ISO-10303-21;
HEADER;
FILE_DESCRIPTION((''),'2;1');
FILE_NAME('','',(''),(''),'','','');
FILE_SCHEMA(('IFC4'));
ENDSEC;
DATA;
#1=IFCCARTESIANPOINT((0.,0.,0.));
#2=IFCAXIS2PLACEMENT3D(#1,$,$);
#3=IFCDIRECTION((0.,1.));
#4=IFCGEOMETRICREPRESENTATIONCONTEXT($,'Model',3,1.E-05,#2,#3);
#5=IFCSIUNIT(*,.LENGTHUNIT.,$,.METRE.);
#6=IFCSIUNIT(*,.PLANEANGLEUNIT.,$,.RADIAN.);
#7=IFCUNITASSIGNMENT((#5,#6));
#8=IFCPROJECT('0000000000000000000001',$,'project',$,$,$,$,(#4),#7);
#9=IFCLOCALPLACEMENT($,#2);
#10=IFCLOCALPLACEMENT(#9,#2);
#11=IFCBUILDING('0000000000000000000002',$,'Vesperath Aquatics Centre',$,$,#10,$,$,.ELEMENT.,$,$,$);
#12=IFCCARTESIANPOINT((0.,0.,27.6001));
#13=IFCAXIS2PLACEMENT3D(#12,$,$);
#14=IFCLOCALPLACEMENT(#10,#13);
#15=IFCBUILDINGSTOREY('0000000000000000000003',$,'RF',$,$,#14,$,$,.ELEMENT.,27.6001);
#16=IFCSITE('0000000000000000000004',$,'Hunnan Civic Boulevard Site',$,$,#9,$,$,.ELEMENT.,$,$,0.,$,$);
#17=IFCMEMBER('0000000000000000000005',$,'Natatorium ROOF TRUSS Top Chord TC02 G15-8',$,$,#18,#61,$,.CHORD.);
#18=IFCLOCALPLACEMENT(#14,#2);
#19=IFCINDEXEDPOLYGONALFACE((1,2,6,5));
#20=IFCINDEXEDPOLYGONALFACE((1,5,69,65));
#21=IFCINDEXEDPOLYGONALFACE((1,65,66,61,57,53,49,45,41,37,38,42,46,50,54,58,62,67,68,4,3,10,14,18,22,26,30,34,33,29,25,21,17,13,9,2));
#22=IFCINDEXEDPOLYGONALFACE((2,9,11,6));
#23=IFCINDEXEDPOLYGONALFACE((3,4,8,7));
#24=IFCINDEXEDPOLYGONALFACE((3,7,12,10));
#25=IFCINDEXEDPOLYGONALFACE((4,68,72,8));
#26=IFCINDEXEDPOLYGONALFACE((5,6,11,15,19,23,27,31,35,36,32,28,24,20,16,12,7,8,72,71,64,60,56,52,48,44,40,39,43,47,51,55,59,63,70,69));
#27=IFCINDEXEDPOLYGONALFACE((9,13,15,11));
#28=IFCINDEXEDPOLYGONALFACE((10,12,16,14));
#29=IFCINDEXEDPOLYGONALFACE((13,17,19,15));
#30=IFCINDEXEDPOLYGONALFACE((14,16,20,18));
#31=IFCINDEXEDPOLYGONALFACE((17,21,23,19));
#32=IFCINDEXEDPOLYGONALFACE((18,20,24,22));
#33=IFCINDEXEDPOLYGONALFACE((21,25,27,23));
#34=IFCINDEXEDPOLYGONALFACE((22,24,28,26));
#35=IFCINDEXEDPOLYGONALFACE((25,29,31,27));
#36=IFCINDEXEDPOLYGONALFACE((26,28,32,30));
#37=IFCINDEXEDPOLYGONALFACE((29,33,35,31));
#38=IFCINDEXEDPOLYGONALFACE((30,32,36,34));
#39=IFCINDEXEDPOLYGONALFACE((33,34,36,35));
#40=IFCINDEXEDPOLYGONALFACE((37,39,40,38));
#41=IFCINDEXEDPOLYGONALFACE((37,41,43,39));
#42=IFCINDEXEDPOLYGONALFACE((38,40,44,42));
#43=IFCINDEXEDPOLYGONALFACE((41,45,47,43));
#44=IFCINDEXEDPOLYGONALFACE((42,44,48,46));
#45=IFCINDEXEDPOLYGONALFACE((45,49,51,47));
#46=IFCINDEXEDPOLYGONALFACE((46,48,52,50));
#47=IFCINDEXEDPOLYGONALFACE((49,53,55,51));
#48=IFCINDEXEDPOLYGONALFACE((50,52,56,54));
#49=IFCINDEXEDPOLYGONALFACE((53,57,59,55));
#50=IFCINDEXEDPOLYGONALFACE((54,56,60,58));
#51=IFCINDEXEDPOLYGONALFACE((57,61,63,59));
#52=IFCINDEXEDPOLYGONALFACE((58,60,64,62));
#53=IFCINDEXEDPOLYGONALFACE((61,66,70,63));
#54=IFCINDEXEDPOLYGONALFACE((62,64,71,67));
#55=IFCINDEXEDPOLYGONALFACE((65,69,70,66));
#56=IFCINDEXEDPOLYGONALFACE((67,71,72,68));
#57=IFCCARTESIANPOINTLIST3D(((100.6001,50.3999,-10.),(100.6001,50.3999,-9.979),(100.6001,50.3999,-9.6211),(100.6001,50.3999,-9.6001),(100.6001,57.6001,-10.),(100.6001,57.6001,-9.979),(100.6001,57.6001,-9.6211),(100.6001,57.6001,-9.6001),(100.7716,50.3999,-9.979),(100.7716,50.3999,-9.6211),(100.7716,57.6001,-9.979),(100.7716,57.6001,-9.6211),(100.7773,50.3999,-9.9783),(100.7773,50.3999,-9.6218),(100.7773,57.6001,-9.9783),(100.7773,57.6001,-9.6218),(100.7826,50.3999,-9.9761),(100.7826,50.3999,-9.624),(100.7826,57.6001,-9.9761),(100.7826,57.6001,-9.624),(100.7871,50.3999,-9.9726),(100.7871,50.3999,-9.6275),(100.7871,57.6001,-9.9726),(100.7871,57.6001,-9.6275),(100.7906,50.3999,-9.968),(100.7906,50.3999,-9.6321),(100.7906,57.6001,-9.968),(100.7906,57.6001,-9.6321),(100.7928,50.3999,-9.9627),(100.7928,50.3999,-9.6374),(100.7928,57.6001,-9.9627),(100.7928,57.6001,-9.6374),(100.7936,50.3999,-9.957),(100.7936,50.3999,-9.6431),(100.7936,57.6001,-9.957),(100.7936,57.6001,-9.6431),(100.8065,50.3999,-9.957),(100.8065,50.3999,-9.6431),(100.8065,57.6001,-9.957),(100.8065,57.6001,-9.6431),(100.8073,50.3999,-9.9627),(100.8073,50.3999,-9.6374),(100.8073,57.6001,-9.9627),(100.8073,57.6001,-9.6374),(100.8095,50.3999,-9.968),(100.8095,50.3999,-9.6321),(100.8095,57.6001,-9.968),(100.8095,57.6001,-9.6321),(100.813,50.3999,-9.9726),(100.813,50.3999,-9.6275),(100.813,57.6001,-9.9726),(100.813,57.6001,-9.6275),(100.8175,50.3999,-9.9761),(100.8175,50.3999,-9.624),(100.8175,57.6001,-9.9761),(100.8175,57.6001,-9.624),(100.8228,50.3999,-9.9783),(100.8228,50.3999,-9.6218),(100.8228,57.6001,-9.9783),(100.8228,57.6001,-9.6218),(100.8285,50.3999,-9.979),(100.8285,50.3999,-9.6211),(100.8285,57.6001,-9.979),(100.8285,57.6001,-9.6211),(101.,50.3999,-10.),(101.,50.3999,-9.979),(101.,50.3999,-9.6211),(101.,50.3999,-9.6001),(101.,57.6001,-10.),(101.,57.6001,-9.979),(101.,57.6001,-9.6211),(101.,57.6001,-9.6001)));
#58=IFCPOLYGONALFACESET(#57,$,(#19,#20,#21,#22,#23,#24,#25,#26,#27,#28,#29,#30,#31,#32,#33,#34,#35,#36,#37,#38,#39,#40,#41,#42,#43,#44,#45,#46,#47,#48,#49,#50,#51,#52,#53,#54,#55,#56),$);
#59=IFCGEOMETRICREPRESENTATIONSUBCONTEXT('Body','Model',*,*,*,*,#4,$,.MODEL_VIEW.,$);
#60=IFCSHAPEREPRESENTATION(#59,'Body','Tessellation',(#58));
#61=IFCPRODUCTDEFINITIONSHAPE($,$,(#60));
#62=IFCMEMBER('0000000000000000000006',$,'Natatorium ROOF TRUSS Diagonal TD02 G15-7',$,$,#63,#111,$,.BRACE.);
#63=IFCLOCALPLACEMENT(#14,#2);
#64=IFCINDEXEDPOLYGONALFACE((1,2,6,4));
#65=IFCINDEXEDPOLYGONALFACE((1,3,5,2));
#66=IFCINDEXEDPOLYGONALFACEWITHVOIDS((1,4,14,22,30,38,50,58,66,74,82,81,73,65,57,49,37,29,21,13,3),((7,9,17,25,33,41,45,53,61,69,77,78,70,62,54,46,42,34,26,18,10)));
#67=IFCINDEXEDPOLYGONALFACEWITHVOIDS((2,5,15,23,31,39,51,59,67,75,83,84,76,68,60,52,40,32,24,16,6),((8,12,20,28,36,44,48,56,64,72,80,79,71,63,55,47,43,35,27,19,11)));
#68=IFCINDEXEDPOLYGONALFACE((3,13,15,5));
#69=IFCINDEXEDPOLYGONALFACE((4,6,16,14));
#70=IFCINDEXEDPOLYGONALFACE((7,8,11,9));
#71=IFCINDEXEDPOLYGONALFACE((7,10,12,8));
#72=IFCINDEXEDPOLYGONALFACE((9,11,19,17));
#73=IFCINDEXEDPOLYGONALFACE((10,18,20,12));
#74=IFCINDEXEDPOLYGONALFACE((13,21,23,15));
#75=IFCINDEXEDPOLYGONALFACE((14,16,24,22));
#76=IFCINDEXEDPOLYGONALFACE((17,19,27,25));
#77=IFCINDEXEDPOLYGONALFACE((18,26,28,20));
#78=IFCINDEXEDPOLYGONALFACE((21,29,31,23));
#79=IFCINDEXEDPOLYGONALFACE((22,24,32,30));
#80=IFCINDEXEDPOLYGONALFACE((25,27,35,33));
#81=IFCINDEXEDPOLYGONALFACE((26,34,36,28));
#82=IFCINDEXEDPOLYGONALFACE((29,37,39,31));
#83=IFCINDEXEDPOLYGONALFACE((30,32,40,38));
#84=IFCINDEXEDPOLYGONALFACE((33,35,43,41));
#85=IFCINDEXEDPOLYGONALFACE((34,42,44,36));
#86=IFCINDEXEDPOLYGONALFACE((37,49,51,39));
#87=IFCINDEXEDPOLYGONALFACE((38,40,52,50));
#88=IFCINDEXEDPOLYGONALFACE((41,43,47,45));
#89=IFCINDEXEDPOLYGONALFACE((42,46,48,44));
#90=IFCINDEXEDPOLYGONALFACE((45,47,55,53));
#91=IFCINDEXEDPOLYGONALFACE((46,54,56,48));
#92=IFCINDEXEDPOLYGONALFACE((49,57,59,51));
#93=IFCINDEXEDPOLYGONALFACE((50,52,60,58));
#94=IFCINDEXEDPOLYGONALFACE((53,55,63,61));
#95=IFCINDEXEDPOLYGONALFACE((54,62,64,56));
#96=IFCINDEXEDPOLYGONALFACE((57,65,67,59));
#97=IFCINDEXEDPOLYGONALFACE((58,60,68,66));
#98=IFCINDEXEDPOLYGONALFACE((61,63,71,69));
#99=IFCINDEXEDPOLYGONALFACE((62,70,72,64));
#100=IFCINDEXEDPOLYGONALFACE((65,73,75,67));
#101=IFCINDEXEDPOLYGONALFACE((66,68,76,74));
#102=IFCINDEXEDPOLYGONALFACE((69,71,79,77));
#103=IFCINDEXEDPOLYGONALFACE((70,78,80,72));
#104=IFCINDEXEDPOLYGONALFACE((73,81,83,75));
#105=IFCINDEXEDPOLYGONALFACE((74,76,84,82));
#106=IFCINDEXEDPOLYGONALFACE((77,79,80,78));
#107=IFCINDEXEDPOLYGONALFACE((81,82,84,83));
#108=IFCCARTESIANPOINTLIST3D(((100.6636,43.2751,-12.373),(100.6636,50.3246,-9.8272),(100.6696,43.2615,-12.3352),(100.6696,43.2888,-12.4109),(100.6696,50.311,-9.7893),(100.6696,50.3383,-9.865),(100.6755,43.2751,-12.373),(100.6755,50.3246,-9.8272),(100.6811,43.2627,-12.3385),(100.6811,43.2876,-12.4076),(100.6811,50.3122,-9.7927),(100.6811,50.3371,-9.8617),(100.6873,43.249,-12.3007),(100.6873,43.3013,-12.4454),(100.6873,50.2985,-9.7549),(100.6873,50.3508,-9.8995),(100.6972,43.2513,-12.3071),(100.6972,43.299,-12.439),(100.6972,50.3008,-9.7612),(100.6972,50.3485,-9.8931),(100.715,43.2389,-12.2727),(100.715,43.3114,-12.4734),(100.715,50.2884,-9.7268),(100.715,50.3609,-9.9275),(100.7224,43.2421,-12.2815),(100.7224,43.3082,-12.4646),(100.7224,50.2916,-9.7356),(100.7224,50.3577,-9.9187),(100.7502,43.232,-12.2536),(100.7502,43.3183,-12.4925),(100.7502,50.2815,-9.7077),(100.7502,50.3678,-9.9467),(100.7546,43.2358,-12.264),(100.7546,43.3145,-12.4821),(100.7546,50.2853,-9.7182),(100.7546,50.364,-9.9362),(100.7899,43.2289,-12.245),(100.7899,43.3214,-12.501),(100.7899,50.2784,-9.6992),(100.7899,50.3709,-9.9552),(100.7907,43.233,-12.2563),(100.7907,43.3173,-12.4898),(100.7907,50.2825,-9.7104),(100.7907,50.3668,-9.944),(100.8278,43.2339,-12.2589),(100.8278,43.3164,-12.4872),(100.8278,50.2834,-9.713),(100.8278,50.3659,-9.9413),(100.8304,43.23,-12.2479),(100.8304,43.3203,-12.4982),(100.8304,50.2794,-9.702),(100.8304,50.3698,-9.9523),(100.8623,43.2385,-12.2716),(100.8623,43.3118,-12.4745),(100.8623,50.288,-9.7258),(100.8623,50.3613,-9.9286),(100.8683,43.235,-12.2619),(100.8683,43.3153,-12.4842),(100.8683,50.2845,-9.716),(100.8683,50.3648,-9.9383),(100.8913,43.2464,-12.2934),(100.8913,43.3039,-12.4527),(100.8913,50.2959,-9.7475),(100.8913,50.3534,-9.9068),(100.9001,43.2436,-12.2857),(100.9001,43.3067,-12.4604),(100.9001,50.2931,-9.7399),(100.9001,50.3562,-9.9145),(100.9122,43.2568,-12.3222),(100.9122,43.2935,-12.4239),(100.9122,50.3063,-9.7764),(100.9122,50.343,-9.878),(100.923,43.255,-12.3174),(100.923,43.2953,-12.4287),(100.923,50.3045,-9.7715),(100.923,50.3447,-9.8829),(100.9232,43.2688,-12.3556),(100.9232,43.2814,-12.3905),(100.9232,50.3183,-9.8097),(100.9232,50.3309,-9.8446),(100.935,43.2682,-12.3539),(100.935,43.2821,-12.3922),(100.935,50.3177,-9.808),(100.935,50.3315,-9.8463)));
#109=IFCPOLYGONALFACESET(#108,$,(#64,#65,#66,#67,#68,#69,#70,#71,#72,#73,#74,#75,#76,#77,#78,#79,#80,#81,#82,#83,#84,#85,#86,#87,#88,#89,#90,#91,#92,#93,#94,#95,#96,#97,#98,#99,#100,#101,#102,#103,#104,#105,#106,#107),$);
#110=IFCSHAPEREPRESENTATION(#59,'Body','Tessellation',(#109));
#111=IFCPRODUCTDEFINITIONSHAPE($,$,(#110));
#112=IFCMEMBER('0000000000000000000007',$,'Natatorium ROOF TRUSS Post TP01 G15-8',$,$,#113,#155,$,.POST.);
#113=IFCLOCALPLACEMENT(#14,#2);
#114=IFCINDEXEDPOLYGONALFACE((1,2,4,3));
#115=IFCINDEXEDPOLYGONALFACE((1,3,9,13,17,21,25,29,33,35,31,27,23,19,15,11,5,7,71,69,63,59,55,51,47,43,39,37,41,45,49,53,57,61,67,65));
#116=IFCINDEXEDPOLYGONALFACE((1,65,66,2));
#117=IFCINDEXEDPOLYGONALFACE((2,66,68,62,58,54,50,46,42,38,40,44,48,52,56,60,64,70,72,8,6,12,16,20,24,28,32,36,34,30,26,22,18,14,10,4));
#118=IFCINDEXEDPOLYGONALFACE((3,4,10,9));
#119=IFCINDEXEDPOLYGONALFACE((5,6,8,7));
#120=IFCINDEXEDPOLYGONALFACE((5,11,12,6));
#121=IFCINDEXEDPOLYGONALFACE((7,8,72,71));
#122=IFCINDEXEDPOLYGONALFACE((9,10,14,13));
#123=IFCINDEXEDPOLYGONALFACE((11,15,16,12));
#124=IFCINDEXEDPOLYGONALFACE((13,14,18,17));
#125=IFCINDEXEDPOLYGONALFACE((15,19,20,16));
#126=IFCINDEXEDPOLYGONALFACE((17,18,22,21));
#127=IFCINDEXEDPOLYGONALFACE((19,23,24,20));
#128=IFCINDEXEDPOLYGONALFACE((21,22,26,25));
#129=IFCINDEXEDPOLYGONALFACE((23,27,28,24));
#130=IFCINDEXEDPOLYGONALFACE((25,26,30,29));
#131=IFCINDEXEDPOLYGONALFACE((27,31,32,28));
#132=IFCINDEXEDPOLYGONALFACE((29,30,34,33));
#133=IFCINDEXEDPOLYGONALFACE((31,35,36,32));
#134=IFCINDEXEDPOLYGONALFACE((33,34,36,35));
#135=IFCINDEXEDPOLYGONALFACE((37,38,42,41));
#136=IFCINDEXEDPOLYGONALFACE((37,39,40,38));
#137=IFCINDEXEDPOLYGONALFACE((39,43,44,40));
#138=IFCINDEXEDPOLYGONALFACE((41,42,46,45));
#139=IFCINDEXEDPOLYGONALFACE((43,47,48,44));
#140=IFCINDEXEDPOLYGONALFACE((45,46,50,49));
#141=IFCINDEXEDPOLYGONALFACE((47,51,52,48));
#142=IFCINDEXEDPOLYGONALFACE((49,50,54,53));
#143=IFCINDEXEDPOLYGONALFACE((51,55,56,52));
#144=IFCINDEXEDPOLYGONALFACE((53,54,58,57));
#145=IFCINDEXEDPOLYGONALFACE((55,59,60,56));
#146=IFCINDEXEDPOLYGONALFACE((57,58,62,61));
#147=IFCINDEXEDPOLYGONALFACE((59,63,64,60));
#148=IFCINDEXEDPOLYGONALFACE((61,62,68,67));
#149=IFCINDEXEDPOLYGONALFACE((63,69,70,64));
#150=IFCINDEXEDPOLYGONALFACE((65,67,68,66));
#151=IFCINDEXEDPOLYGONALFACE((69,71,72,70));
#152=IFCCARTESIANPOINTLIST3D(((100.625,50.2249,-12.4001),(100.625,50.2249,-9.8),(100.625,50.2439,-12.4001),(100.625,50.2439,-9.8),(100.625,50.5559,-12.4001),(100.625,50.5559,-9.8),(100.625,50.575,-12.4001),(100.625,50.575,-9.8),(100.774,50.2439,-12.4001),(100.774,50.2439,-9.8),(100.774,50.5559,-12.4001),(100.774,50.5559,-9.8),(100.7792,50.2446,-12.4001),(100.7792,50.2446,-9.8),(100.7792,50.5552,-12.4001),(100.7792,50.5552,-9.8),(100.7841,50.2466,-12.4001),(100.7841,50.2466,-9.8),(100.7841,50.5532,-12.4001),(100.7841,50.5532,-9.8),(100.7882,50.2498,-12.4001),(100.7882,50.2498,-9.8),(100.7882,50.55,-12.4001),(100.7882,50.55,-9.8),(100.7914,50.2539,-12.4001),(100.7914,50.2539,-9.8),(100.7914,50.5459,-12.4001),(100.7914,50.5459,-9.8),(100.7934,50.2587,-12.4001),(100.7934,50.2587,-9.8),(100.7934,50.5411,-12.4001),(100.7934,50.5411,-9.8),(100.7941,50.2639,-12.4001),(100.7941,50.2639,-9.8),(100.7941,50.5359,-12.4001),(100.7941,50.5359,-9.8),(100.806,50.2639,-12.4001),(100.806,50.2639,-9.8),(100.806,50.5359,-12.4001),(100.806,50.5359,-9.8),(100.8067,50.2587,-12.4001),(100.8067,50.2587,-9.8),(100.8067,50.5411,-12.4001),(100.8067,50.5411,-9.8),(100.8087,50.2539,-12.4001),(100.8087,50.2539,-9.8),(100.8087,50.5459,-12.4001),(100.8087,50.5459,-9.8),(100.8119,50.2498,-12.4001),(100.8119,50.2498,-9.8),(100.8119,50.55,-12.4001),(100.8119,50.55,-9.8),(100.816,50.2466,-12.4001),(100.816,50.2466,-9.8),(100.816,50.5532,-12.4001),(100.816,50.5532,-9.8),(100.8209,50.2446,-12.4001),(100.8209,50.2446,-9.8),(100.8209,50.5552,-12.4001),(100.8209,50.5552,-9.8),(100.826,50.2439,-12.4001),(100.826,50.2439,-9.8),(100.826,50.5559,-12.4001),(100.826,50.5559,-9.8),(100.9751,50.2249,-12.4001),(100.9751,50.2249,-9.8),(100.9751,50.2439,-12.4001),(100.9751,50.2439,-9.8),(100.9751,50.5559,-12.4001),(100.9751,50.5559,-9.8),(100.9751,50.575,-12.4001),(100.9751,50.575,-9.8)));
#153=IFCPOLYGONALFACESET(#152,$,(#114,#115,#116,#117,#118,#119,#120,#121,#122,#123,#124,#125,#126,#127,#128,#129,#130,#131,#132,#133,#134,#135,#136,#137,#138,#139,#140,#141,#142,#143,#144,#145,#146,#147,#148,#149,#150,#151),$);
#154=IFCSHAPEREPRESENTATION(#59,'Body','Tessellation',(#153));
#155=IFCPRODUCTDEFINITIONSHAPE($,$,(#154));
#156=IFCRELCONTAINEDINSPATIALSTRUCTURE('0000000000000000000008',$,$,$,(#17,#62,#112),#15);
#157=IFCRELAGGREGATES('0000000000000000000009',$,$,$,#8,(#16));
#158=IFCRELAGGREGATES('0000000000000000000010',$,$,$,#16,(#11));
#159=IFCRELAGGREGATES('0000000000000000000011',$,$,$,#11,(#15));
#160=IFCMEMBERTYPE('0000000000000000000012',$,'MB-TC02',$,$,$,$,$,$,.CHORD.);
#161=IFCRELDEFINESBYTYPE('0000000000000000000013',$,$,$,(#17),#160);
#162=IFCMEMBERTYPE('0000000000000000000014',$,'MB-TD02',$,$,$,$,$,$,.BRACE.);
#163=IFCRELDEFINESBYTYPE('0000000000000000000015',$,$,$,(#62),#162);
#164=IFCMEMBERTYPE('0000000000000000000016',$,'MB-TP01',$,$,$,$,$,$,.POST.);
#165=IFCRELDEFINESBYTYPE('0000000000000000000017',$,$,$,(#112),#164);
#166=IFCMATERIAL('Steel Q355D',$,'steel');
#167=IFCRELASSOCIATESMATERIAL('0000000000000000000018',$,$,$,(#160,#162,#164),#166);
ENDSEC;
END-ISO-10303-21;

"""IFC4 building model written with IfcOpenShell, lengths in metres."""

from ifc_helpers import new_model, si_unit, direction, frame, origin, origin_2d, place, context, subcontext, project, spatial, hollow_circle, i_section, extrude, material, material_profile, profile_set, type_object, element, save


model = new_model("IFC4")

# Units and contexts
model_context = context("Model", 3, precision=1e-05, world=origin(), true_north=direction((0.0, 1.0)))
body_context = subcontext(model_context, "Body", "Model", "MODEL_VIEW")
ifc_project = project(units=[si_unit("LENGTHUNIT", "METRE"), si_unit("PLANEANGLEUNIT", "RADIAN")], contexts=[model_context])

# Site, building, storey
site_placement = place(None, origin())
site = spatial("IfcSite", under=ifc_project, at=site_placement, Name="Hunnan Civic Boulevard Site", CompositionType="ELEMENT", RefElevation=0.0)
building_placement = place(site_placement, origin())
building = spatial("IfcBuilding", under=site, at=building_placement, Name="Vesperath Aquatics Centre", CompositionType="ELEMENT")
storey_placement = place(building_placement, frame((0.0, 0.0, 27.6001)))
storey = spatial("IfcBuildingStorey", under=building, at=storey_placement, Name="RF", CompositionType="ELEMENT", Elevation=27.6001)

# Shared definitions
ifc_material_1 = material(Name="Steel Q355D", Category="steel")

# Members
ifc_material_profile_1 = material_profile(ifc_material_1, i_section(OverallWidth=0.3999, OverallDepth=0.3999, WebThickness=0.0129, FlangeThickness=0.021, FilletRadius=0.022, at=origin_2d()), Name="HW 400x400x13x21")
ifc_profile_set_1 = profile_set([ifc_material_profile_1], Name="Steel Q355D")
member_type_1 = type_object("IfcMemberType", Name="MB-TC02", PredefinedType="CHORD", material=ifc_profile_set_1)
member_1_placement = place(storey_placement, frame((100.8, 50.3999, -9.8), z_axis=(0.0, 1.0, 0.0), x_axis=(-1.0, 0.0, 0.0)))
element("IfcMember", 1, at=member_1_placement, inside=storey, type_object=member_type_1, Name="Natatorium ROOF TRUSS Top Chord TC02 G15-8", PredefinedType="CHORD", context=body_context, shape_type="SweptSolid", body=[
    extrude(i_section(OverallWidth=0.3999, OverallDepth=0.3999, WebThickness=0.0129, FlangeThickness=0.021, FilletRadius=0.022, at=origin_2d()), origin(), (0.0, 0.0, 1.0), 7.2002),
])
ifc_material_profile_2 = material_profile(ifc_material_1, hollow_circle(Radius=0.1365, WallThickness=0.012, at=origin_2d()), Name="CHS 273.0x12")
ifc_profile_set_2 = profile_set([ifc_material_profile_2], Name="Steel Q355D")
member_type_2 = type_object("IfcMemberType", Name="MB-TD02", PredefinedType="BRACE", material=ifc_profile_set_2)
member_2_placement = place(storey_placement, frame((100.8, 43.2751, -12.373), z_axis=(0.0, 0.940544, 0.339671), x_axis=(-1.0, 0.0, 0.0)))
element("IfcMember", 2, at=member_2_placement, inside=storey, type_object=member_type_2, Name="Natatorium ROOF TRUSS Diagonal TD02 G15-7", PredefinedType="BRACE", context=body_context, shape_type="SweptSolid", body=[
    extrude(hollow_circle(Radius=0.1365, WallThickness=0.012, at=origin_2d()), origin(), (0.0, 0.0, 1.0), 7.4951),
])
ifc_material_profile_3 = material_profile(ifc_material_1, i_section(OverallWidth=0.3501, OverallDepth=0.3501, WebThickness=0.012, FlangeThickness=0.019, FilletRadius=0.02, at=origin_2d()), Name="HW 350x350x12x19")
ifc_profile_set_3 = profile_set([ifc_material_profile_3], Name="Steel Q355D")
member_type_3 = type_object("IfcMemberType", Name="MB-TP01", PredefinedType="POST", material=ifc_profile_set_3)
member_3_placement = place(storey_placement, frame((100.8, 50.3999, -12.4001), z_axis=(0.0, 0.0, 1.0), x_axis=(1.0, 0.0, 0.0)))
element("IfcMember", 3, at=member_3_placement, inside=storey, type_object=member_type_3, Name="Natatorium ROOF TRUSS Post TP01 G15-8", PredefinedType="POST", context=body_context, shape_type="SweptSolid", body=[
    extrude(i_section(OverallWidth=0.3501, OverallDepth=0.3501, WebThickness=0.012, FlangeThickness=0.019, FilletRadius=0.02, at=origin_2d()), origin(), (0.0, 0.0, 1.0), 2.6001),
])

save(model, "model.ifc")
